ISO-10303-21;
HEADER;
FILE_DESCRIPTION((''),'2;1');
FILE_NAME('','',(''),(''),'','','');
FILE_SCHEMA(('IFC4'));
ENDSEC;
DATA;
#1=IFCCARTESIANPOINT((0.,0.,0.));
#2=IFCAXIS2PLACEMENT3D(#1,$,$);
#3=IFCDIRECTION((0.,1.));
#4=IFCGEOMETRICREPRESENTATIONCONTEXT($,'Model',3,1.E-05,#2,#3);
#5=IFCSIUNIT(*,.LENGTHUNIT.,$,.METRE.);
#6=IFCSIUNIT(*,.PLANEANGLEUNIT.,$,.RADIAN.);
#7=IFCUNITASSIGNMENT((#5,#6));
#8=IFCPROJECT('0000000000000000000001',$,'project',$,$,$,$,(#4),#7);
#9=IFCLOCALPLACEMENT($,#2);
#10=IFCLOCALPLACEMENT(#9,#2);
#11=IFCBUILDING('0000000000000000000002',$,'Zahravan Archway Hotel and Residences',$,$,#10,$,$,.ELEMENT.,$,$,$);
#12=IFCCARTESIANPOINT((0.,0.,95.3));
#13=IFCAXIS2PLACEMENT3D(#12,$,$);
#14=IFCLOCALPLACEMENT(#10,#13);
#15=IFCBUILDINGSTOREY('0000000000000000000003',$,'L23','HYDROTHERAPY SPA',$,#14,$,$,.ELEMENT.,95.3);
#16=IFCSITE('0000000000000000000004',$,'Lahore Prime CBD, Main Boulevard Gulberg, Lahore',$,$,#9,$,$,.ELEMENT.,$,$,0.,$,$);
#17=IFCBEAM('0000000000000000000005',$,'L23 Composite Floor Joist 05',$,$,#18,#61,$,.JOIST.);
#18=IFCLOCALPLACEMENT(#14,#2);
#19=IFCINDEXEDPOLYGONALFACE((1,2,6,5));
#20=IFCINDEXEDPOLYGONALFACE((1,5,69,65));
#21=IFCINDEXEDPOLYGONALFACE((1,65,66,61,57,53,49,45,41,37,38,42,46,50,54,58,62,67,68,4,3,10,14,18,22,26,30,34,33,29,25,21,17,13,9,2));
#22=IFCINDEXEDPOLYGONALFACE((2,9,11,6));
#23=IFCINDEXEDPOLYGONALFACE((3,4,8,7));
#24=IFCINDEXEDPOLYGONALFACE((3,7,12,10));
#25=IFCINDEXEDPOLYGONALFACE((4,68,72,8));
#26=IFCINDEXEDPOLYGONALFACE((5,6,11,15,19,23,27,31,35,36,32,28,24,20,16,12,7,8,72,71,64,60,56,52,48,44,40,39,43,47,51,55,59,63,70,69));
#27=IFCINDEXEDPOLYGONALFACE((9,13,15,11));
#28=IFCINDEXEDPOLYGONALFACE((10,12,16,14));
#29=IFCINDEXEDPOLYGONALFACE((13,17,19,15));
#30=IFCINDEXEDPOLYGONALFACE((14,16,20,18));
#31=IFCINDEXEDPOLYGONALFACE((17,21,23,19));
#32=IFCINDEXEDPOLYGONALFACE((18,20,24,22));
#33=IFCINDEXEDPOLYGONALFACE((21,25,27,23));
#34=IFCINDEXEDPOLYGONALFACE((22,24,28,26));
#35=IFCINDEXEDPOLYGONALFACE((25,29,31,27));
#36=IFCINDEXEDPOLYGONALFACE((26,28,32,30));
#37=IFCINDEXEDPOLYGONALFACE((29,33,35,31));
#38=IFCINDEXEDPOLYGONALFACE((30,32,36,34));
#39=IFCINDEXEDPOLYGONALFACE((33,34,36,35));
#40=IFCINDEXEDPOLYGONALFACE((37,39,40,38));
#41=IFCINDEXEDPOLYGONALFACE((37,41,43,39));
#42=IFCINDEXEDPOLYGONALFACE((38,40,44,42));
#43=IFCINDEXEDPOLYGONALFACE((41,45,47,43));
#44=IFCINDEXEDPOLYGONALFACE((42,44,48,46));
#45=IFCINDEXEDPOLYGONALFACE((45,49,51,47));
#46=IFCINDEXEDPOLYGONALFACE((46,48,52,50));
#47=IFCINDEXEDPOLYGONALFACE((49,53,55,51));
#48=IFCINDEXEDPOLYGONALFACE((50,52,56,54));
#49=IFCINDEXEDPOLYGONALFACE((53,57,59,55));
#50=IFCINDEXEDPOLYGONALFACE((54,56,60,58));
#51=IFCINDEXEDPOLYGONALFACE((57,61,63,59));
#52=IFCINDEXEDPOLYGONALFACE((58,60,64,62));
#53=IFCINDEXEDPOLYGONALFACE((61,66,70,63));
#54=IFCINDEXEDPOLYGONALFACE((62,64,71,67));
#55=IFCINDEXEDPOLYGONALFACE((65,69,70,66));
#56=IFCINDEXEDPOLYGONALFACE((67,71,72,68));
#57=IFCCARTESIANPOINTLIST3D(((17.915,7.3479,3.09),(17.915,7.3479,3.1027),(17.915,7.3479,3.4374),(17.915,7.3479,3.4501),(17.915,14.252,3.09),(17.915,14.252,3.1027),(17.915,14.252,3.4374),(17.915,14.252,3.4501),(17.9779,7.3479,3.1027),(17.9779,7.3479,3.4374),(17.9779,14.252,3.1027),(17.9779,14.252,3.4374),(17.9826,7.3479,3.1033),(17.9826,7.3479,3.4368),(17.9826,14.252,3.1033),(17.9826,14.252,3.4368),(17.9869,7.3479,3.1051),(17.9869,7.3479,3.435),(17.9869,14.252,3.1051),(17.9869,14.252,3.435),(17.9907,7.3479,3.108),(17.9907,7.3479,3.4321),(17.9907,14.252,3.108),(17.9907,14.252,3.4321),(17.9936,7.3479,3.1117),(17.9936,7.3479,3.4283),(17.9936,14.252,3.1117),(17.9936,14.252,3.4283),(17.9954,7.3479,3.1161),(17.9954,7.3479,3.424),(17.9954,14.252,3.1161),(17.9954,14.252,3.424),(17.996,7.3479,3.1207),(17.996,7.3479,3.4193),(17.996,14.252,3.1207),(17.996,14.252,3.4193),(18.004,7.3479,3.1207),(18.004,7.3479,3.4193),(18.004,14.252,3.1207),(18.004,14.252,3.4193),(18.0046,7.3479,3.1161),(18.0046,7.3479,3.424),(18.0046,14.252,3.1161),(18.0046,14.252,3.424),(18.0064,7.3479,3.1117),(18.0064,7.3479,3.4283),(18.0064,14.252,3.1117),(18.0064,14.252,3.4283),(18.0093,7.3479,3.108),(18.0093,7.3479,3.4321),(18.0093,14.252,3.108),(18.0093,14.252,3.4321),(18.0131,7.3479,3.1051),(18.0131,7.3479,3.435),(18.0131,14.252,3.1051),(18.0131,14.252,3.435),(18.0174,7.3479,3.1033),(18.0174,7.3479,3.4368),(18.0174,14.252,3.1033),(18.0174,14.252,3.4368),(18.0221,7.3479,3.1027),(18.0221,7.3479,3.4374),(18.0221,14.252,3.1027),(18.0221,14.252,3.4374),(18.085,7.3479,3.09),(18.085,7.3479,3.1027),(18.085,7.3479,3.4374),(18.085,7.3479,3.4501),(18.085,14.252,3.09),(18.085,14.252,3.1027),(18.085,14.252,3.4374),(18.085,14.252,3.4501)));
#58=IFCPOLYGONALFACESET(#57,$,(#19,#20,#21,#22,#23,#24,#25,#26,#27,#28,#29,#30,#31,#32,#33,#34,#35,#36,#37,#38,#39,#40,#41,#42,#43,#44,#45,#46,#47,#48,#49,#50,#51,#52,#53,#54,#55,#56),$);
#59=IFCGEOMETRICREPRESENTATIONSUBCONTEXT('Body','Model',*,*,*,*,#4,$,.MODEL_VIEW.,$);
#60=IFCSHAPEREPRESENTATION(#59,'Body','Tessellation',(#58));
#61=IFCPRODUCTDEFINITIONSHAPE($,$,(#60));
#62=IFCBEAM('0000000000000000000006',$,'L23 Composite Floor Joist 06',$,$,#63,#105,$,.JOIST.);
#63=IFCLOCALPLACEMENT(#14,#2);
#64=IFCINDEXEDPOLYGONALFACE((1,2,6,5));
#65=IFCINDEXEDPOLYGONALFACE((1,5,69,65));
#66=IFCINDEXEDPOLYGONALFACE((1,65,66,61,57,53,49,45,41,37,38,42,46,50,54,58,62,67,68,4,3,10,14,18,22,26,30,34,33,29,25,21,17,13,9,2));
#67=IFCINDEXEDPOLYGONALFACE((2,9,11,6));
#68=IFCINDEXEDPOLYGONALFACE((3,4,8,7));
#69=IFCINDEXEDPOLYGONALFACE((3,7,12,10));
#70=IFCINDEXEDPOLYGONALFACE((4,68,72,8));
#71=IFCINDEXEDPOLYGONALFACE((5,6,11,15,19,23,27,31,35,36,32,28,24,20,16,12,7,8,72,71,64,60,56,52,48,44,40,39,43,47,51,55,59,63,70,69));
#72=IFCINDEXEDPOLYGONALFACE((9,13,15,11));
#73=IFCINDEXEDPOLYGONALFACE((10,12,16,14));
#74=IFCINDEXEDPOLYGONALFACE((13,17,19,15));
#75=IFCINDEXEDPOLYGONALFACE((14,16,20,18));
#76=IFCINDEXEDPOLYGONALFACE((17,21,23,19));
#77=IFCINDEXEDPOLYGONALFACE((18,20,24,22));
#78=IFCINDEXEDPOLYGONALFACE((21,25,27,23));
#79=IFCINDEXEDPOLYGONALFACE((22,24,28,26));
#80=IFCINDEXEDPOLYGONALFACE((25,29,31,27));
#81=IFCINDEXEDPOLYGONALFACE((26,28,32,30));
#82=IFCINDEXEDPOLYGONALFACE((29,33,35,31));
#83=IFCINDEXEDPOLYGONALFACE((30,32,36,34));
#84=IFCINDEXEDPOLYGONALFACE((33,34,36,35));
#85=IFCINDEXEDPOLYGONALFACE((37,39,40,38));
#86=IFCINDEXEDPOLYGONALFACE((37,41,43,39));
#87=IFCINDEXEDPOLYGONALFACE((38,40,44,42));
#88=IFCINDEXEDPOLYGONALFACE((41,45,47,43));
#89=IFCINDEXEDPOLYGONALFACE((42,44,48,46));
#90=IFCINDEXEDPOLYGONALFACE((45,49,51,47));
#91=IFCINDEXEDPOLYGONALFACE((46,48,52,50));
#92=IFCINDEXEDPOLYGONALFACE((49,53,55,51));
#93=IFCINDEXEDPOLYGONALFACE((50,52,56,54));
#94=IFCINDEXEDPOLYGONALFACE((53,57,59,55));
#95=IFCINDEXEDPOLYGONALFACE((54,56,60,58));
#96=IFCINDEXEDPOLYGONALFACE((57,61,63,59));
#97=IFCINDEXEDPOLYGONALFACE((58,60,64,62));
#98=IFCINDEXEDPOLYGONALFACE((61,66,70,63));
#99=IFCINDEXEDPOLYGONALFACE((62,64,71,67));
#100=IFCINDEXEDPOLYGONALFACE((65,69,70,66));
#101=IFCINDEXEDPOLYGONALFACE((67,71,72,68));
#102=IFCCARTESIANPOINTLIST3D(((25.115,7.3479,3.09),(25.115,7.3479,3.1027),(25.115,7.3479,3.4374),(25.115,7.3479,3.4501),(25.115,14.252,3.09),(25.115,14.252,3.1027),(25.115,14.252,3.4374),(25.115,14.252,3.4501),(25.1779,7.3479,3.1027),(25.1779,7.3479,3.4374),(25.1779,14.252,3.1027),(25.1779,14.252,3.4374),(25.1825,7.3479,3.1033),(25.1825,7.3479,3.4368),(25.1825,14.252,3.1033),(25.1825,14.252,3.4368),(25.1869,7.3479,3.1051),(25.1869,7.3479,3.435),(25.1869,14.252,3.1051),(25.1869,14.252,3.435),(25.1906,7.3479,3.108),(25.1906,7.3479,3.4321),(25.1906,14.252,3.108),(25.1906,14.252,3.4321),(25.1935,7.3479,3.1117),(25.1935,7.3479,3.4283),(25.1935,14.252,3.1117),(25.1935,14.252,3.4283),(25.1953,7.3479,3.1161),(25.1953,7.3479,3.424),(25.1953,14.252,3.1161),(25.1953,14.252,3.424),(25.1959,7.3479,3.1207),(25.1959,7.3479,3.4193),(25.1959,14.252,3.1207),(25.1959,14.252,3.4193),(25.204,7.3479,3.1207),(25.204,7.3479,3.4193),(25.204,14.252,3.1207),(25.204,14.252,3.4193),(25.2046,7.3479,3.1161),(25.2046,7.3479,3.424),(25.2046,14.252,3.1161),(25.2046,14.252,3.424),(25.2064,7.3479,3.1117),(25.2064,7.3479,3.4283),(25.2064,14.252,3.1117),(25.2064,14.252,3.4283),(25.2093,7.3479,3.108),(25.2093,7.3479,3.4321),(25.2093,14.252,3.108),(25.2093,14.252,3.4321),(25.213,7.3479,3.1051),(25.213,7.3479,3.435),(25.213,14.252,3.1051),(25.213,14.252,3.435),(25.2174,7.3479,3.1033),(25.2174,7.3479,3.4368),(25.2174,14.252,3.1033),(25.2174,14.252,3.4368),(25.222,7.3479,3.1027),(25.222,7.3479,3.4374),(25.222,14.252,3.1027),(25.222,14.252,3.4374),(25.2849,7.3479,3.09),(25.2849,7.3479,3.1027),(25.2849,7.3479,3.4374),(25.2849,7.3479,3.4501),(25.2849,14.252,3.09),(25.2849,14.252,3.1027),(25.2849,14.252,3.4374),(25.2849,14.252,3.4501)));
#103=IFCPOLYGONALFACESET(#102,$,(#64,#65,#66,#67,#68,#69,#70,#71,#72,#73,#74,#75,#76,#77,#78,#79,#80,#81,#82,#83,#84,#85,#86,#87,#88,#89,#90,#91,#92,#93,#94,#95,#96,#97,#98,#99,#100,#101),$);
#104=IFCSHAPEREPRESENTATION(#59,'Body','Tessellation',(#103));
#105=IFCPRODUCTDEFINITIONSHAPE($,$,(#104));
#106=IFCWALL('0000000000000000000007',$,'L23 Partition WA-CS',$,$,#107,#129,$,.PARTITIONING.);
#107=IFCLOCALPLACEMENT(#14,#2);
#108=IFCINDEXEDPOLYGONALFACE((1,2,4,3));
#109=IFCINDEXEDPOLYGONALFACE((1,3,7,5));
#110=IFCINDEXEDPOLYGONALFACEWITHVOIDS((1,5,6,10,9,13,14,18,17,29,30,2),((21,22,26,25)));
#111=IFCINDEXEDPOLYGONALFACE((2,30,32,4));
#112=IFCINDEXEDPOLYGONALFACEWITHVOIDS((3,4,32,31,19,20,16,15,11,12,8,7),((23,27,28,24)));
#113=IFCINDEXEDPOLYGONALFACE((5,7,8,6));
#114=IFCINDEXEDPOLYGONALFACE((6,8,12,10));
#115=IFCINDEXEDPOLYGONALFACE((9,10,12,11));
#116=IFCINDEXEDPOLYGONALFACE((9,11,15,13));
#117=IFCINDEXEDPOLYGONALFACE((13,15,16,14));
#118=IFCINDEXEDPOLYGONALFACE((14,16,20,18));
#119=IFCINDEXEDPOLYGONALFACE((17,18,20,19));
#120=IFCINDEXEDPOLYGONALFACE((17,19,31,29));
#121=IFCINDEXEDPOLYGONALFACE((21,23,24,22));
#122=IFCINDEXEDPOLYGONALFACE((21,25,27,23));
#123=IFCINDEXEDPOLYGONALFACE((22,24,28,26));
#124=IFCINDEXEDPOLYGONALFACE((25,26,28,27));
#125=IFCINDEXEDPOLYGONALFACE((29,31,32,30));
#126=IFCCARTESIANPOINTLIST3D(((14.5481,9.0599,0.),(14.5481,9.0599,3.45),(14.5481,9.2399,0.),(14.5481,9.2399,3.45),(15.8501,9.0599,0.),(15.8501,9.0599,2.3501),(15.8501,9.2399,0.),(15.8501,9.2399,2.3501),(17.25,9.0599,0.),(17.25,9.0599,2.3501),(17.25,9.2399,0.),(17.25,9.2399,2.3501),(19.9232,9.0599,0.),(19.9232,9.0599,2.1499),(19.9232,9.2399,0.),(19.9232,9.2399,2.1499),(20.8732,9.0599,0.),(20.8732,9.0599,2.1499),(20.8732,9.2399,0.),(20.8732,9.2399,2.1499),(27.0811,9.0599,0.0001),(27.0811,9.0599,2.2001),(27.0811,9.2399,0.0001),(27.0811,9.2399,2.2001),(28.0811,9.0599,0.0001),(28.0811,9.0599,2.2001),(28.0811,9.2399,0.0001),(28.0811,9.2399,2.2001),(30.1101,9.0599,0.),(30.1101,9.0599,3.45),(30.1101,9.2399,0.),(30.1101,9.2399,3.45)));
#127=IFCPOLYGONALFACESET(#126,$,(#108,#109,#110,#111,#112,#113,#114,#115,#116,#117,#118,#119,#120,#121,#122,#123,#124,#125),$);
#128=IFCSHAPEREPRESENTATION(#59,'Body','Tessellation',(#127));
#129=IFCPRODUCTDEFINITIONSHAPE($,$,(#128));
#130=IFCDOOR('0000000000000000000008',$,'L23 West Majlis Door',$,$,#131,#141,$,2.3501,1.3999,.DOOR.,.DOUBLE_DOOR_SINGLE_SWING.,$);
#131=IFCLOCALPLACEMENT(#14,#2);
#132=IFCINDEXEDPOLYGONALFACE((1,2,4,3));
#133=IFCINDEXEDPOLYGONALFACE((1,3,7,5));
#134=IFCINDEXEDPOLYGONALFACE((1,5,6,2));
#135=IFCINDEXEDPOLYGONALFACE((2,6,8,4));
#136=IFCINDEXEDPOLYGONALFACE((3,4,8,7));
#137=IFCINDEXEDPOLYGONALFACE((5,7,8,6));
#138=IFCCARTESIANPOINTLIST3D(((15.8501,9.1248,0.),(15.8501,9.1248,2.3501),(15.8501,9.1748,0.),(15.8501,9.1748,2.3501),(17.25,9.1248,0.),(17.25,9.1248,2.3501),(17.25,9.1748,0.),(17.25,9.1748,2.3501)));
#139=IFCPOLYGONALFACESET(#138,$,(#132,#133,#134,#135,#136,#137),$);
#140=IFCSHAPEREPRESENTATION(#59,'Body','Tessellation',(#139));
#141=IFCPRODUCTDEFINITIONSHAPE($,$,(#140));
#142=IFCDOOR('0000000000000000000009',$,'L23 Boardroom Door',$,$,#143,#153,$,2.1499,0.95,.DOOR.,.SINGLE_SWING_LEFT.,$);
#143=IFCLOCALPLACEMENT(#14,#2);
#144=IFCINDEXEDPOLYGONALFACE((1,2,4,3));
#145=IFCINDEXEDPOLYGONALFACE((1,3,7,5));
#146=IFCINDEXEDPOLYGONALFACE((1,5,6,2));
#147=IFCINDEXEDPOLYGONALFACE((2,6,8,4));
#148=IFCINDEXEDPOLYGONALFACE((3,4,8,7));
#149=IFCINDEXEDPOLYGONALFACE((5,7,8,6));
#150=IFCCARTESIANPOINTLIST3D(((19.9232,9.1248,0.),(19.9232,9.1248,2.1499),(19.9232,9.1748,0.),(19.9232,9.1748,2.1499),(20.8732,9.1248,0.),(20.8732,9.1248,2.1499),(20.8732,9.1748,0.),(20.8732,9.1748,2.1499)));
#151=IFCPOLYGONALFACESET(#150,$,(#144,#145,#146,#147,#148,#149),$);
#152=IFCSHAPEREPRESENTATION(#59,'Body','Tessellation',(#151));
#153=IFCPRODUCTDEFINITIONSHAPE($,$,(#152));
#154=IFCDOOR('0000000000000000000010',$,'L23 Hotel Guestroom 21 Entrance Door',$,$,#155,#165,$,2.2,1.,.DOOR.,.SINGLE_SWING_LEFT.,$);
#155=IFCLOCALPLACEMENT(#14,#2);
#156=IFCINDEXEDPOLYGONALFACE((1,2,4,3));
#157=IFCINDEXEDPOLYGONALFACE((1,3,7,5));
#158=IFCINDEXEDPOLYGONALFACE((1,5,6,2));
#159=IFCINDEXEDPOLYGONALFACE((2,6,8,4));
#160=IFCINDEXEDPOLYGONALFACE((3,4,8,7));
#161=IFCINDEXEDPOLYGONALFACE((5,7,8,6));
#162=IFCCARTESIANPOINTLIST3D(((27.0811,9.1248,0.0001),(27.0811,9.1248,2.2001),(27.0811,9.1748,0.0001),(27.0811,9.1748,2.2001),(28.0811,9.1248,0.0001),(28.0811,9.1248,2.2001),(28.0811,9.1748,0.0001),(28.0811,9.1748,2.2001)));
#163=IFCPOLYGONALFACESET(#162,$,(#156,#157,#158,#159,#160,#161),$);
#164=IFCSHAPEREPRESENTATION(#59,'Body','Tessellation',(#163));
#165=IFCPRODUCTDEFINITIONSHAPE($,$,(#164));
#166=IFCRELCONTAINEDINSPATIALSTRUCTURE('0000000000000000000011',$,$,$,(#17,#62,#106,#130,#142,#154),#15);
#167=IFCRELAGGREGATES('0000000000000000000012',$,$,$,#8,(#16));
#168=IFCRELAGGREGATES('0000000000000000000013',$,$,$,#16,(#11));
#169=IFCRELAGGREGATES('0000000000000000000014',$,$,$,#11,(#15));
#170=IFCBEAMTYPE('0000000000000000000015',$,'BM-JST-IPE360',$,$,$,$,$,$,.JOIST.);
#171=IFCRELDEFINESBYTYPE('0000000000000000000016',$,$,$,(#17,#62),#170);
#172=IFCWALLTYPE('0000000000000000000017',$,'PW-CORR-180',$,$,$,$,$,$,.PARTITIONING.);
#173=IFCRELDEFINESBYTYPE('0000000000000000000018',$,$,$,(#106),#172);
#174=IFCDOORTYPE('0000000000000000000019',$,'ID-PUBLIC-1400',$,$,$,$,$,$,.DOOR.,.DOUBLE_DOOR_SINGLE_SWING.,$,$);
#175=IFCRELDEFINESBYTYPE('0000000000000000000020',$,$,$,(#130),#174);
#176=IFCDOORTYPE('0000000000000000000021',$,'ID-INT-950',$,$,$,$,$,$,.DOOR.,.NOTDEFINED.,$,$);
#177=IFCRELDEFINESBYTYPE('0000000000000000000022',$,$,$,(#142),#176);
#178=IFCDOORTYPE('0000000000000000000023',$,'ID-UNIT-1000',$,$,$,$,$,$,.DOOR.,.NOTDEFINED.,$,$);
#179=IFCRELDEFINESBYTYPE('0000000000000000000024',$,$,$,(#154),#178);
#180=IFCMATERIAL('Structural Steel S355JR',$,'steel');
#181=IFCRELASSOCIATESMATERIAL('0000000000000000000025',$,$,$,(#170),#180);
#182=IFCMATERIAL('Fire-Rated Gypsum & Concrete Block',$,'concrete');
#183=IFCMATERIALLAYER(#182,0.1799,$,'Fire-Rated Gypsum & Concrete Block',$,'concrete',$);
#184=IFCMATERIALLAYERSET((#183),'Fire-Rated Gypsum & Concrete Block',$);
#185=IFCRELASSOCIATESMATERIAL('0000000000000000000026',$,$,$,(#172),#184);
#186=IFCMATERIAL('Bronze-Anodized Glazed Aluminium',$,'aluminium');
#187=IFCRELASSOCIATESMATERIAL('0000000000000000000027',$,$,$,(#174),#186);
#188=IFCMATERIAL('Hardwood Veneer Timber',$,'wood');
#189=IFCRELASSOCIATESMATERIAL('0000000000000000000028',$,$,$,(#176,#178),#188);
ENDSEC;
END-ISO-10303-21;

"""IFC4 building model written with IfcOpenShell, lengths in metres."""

from ifc_helpers import new_model, si_unit, direction, frame, frame_2d, origin, origin_2d, place, context, subcontext, project, spatial, rectangle, i_section, extrude, source, transform, mapped, material, layer, layer_set, material_profile, profile_set, type_object, type_shapes, element, fill, save


model = new_model("IFC4")

# Units and contexts
model_context = context("Model", 3, precision=1e-05, world=origin(), true_north=direction((0.0, 1.0)))
body_context = subcontext(model_context, "Body", "Model", "MODEL_VIEW")
ifc_project = project(units=[si_unit("LENGTHUNIT", "METRE"), si_unit("PLANEANGLEUNIT", "RADIAN")], contexts=[model_context])

# Site, building, storey
site_placement = place(None, origin())
site = spatial("IfcSite", under=ifc_project, at=site_placement, Name="Lahore Prime CBD, Main Boulevard Gulberg, Lahore", CompositionType="ELEMENT", RefElevation=0.0)
building_placement = place(site_placement, origin())
building = spatial("IfcBuilding", under=site, at=building_placement, Name="Zahravan Archway Hotel and Residences", CompositionType="ELEMENT")
storey_placement = place(building_placement, frame((0.0, 0.0, 95.3)))
storey = spatial("IfcBuildingStorey", under=building, at=storey_placement, Name="L23", Description="HYDROTHERAPY SPA", CompositionType="ELEMENT", Elevation=95.3)

# Beams
ifc_material_1 = material(Name="Structural Steel S355JR", Category="steel")
ifc_material_profile_1 = material_profile(ifc_material_1, i_section(OverallWidth=0.1699, OverallDepth=0.3601, WebThickness=0.0081, FlangeThickness=0.0127, FilletRadius=0.0181, at=origin_2d()), Name="IPE 360", Category="steel")
ifc_profile_set_1 = profile_set([ifc_material_profile_1], Name="Structural Steel S355JR")
beam_type_1 = type_object("IfcBeamType", Name="BM-JST-IPE360", PredefinedType="JOIST", material=ifc_profile_set_1)
shared_shape_1 = source(origin(), body_context, "Body", "SweptSolid", [
    extrude(i_section(OverallWidth=0.1699, OverallDepth=0.3601, WebThickness=0.0081, FlangeThickness=0.0127, FilletRadius=0.0181, at=origin_2d()), origin(), (0.0, 0.0, 1.0), 6.9041),
])
type_shapes(beam_type_1, [shared_shape_1])
for number, where, z_axis, x_axis, name in (
    (1, (18.0, 7.3479, 3.27), (0.0, 1.0, 0.0), (-1.0, 0.0, 0.0), "L23 Composite Floor Joist 05"),
    (2, (25.2, 7.3479, 3.27), (0.0, 1.0, 0.0), (-1.0, 0.0, 0.0), "L23 Composite Floor Joist 06"),
):
    element("IfcBeam", number, at=place(storey_placement, frame(where, z_axis=z_axis, x_axis=x_axis)), inside=storey, type_object=beam_type_1, Name=name, PredefinedType="JOIST", context=body_context, shape_type="MappedRepresentation", body=[
        mapped(shared_shape_1, transform((0.0, 0.0, 0.0), scale=1.0)),
    ])

# Wall, openings, doors
ifc_material_2 = material(Name="Fire-Rated Gypsum & Concrete Block", Category="concrete")
ifc_layer_1 = layer(ifc_material_2, 0.1799, Name="Fire-Rated Gypsum & Concrete Block", Category="concrete")
ifc_layer_set_1 = layer_set([ifc_layer_1], Name="Fire-Rated Gypsum & Concrete Block")
wall_type_1 = type_object("IfcWallType", Name="PW-CORR-180", PredefinedType="PARTITIONING", material=ifc_layer_set_1)
wall_1_placement = place(storey_placement, frame((14.5481, 9.1499, 0.0), z_axis=(0.0, 0.0, 1.0), x_axis=(1.0, 0.0, 0.0)))
wall_1 = element("IfcWall", 3, at=wall_1_placement, inside=storey, type_object=wall_type_1, Name="L23 Partition WA-CS", PredefinedType="PARTITIONING", context=body_context, shape_type="SweptSolid", body=[
    extrude(rectangle(XDim=15.562, YDim=0.1799, at=frame_2d((7.781, 0.0))), origin(), (0.0, 0.0, 1.0), 3.45),
])
opening_1_placement = place(wall_1_placement, frame((1.302, 0.0, 0.0)))
opening_1 = element("IfcOpeningElement", 4, at=opening_1_placement, cuts=wall_1, PredefinedType="OPENING", context=body_context, shape_type="SweptSolid", body=[
    extrude(rectangle(XDim=1.3999, YDim=2.3501, at=frame_2d((0.7, 1.175))), frame((0.0, 0.1001, 0.0), z_axis=(0.0, -1.0, 0.0), x_axis=(1.0, 0.0, 0.0)), (0.0, 0.0, 1.0), 0.2),
])
opening_2_placement = place(wall_1_placement, frame((5.375, 0.0, 0.0)))
opening_2 = element("IfcOpeningElement", 5, at=opening_2_placement, cuts=wall_1, PredefinedType="OPENING", context=body_context, shape_type="SweptSolid", body=[
    extrude(rectangle(XDim=0.95, YDim=2.1499, at=frame_2d((0.4751, 1.075))), frame((0.0, 0.1001, 0.0), z_axis=(0.0, -1.0, 0.0), x_axis=(1.0, 0.0, 0.0)), (0.0, 0.0, 1.0), 0.2),
])
opening_3_placement = place(wall_1_placement, frame((12.533, 0.0, 0.0)))
opening_3 = element("IfcOpeningElement", 6, at=opening_3_placement, cuts=wall_1, PredefinedType="OPENING", context=body_context, shape_type="SweptSolid", body=[
    extrude(rectangle(XDim=1.0, YDim=2.2, at=frame_2d((0.5, 1.1001))), frame((0.0, 0.1001, 0.0), z_axis=(0.0, -1.0, 0.0), x_axis=(1.0, 0.0, 0.0)), (0.0, 0.0, 1.0), 0.2),
])
ifc_material_3 = material(Name="Bronze-Anodized Glazed Aluminium", Category="aluminium")
door_type_1 = type_object("IfcDoorType", Name="ID-PUBLIC-1400", OperationType="DOUBLE_DOOR_SINGLE_SWING", PredefinedType="DOOR", material=ifc_material_3)
shared_shape_2 = source(origin(), body_context, "Body", "SweptSolid", [
    extrude(rectangle(XDim=1.3999, YDim=2.3501, at=frame_2d((0.7, 1.175))), frame((0.0, 0.0249, 0.0), z_axis=(0.0, -1.0, 0.0), x_axis=(1.0, 0.0, 0.0)), (0.0, 0.0, 1.0), 0.05),
])
type_shapes(door_type_1, [shared_shape_2])
door_1_placement = place(opening_1_placement, origin())
door_1 = element("IfcDoor", 7, at=door_1_placement, inside=storey, type_object=door_type_1, Name="L23 West Majlis Door", OperationType="DOUBLE_DOOR_SINGLE_SWING", OverallHeight=2.3501, OverallWidth=1.3999, PredefinedType="DOOR", context=body_context, shape_type="MappedRepresentation", body=[
    mapped(shared_shape_2, transform((0.0, 0.0, 0.0), scale=1.0)),
])
fill(opening_1, door_1)
ifc_material_4 = material(Name="Hardwood Veneer Timber", Category="wood")
door_type_2 = type_object("IfcDoorType", Name="ID-INT-950", OperationType="NOTDEFINED", PredefinedType="DOOR", material=ifc_material_4)
shared_shape_3 = source(origin(), body_context, "Body", "SweptSolid", [
    extrude(rectangle(XDim=0.95, YDim=2.1499, at=frame_2d((0.4751, 1.075))), frame((0.0, 0.0249, 0.0), z_axis=(0.0, -1.0, 0.0), x_axis=(1.0, 0.0, 0.0)), (0.0, 0.0, 1.0), 0.05),
])
type_shapes(door_type_2, [shared_shape_3])
door_2_placement = place(opening_2_placement, origin())
door_2 = element("IfcDoor", 8, at=door_2_placement, inside=storey, type_object=door_type_2, Name="L23 Boardroom Door", OperationType="SINGLE_SWING_LEFT", OverallHeight=2.1499, OverallWidth=0.95, PredefinedType="DOOR", context=body_context, shape_type="MappedRepresentation", body=[
    mapped(shared_shape_3, transform((0.0, 0.0, 0.0), scale=1.0)),
])
fill(opening_2, door_2)
door_type_3 = type_object("IfcDoorType", Name="ID-UNIT-1000", OperationType="NOTDEFINED", PredefinedType="DOOR", material=ifc_material_4)
shared_shape_4 = source(origin(), body_context, "Body", "SweptSolid", [
    extrude(rectangle(XDim=1.0, YDim=2.2, at=frame_2d((0.5, 1.1001))), frame((0.0, 0.0249, 0.0), z_axis=(0.0, -1.0, 0.0), x_axis=(1.0, 0.0, 0.0)), (0.0, 0.0, 1.0), 0.05),
])
type_shapes(door_type_3, [shared_shape_4])
door_3_placement = place(opening_3_placement, origin())
door_3 = element("IfcDoor", 9, at=door_3_placement, inside=storey, type_object=door_type_3, Name="L23 Hotel Guestroom 21 Entrance Door", OperationType="SINGLE_SWING_LEFT", OverallHeight=2.2, OverallWidth=1.0, PredefinedType="DOOR", context=body_context, shape_type="MappedRepresentation", body=[
    mapped(shared_shape_4, transform((0.0, 0.0, 0.0), scale=1.0)),
])
fill(opening_3, door_3)

save(model, "model.ifc")
